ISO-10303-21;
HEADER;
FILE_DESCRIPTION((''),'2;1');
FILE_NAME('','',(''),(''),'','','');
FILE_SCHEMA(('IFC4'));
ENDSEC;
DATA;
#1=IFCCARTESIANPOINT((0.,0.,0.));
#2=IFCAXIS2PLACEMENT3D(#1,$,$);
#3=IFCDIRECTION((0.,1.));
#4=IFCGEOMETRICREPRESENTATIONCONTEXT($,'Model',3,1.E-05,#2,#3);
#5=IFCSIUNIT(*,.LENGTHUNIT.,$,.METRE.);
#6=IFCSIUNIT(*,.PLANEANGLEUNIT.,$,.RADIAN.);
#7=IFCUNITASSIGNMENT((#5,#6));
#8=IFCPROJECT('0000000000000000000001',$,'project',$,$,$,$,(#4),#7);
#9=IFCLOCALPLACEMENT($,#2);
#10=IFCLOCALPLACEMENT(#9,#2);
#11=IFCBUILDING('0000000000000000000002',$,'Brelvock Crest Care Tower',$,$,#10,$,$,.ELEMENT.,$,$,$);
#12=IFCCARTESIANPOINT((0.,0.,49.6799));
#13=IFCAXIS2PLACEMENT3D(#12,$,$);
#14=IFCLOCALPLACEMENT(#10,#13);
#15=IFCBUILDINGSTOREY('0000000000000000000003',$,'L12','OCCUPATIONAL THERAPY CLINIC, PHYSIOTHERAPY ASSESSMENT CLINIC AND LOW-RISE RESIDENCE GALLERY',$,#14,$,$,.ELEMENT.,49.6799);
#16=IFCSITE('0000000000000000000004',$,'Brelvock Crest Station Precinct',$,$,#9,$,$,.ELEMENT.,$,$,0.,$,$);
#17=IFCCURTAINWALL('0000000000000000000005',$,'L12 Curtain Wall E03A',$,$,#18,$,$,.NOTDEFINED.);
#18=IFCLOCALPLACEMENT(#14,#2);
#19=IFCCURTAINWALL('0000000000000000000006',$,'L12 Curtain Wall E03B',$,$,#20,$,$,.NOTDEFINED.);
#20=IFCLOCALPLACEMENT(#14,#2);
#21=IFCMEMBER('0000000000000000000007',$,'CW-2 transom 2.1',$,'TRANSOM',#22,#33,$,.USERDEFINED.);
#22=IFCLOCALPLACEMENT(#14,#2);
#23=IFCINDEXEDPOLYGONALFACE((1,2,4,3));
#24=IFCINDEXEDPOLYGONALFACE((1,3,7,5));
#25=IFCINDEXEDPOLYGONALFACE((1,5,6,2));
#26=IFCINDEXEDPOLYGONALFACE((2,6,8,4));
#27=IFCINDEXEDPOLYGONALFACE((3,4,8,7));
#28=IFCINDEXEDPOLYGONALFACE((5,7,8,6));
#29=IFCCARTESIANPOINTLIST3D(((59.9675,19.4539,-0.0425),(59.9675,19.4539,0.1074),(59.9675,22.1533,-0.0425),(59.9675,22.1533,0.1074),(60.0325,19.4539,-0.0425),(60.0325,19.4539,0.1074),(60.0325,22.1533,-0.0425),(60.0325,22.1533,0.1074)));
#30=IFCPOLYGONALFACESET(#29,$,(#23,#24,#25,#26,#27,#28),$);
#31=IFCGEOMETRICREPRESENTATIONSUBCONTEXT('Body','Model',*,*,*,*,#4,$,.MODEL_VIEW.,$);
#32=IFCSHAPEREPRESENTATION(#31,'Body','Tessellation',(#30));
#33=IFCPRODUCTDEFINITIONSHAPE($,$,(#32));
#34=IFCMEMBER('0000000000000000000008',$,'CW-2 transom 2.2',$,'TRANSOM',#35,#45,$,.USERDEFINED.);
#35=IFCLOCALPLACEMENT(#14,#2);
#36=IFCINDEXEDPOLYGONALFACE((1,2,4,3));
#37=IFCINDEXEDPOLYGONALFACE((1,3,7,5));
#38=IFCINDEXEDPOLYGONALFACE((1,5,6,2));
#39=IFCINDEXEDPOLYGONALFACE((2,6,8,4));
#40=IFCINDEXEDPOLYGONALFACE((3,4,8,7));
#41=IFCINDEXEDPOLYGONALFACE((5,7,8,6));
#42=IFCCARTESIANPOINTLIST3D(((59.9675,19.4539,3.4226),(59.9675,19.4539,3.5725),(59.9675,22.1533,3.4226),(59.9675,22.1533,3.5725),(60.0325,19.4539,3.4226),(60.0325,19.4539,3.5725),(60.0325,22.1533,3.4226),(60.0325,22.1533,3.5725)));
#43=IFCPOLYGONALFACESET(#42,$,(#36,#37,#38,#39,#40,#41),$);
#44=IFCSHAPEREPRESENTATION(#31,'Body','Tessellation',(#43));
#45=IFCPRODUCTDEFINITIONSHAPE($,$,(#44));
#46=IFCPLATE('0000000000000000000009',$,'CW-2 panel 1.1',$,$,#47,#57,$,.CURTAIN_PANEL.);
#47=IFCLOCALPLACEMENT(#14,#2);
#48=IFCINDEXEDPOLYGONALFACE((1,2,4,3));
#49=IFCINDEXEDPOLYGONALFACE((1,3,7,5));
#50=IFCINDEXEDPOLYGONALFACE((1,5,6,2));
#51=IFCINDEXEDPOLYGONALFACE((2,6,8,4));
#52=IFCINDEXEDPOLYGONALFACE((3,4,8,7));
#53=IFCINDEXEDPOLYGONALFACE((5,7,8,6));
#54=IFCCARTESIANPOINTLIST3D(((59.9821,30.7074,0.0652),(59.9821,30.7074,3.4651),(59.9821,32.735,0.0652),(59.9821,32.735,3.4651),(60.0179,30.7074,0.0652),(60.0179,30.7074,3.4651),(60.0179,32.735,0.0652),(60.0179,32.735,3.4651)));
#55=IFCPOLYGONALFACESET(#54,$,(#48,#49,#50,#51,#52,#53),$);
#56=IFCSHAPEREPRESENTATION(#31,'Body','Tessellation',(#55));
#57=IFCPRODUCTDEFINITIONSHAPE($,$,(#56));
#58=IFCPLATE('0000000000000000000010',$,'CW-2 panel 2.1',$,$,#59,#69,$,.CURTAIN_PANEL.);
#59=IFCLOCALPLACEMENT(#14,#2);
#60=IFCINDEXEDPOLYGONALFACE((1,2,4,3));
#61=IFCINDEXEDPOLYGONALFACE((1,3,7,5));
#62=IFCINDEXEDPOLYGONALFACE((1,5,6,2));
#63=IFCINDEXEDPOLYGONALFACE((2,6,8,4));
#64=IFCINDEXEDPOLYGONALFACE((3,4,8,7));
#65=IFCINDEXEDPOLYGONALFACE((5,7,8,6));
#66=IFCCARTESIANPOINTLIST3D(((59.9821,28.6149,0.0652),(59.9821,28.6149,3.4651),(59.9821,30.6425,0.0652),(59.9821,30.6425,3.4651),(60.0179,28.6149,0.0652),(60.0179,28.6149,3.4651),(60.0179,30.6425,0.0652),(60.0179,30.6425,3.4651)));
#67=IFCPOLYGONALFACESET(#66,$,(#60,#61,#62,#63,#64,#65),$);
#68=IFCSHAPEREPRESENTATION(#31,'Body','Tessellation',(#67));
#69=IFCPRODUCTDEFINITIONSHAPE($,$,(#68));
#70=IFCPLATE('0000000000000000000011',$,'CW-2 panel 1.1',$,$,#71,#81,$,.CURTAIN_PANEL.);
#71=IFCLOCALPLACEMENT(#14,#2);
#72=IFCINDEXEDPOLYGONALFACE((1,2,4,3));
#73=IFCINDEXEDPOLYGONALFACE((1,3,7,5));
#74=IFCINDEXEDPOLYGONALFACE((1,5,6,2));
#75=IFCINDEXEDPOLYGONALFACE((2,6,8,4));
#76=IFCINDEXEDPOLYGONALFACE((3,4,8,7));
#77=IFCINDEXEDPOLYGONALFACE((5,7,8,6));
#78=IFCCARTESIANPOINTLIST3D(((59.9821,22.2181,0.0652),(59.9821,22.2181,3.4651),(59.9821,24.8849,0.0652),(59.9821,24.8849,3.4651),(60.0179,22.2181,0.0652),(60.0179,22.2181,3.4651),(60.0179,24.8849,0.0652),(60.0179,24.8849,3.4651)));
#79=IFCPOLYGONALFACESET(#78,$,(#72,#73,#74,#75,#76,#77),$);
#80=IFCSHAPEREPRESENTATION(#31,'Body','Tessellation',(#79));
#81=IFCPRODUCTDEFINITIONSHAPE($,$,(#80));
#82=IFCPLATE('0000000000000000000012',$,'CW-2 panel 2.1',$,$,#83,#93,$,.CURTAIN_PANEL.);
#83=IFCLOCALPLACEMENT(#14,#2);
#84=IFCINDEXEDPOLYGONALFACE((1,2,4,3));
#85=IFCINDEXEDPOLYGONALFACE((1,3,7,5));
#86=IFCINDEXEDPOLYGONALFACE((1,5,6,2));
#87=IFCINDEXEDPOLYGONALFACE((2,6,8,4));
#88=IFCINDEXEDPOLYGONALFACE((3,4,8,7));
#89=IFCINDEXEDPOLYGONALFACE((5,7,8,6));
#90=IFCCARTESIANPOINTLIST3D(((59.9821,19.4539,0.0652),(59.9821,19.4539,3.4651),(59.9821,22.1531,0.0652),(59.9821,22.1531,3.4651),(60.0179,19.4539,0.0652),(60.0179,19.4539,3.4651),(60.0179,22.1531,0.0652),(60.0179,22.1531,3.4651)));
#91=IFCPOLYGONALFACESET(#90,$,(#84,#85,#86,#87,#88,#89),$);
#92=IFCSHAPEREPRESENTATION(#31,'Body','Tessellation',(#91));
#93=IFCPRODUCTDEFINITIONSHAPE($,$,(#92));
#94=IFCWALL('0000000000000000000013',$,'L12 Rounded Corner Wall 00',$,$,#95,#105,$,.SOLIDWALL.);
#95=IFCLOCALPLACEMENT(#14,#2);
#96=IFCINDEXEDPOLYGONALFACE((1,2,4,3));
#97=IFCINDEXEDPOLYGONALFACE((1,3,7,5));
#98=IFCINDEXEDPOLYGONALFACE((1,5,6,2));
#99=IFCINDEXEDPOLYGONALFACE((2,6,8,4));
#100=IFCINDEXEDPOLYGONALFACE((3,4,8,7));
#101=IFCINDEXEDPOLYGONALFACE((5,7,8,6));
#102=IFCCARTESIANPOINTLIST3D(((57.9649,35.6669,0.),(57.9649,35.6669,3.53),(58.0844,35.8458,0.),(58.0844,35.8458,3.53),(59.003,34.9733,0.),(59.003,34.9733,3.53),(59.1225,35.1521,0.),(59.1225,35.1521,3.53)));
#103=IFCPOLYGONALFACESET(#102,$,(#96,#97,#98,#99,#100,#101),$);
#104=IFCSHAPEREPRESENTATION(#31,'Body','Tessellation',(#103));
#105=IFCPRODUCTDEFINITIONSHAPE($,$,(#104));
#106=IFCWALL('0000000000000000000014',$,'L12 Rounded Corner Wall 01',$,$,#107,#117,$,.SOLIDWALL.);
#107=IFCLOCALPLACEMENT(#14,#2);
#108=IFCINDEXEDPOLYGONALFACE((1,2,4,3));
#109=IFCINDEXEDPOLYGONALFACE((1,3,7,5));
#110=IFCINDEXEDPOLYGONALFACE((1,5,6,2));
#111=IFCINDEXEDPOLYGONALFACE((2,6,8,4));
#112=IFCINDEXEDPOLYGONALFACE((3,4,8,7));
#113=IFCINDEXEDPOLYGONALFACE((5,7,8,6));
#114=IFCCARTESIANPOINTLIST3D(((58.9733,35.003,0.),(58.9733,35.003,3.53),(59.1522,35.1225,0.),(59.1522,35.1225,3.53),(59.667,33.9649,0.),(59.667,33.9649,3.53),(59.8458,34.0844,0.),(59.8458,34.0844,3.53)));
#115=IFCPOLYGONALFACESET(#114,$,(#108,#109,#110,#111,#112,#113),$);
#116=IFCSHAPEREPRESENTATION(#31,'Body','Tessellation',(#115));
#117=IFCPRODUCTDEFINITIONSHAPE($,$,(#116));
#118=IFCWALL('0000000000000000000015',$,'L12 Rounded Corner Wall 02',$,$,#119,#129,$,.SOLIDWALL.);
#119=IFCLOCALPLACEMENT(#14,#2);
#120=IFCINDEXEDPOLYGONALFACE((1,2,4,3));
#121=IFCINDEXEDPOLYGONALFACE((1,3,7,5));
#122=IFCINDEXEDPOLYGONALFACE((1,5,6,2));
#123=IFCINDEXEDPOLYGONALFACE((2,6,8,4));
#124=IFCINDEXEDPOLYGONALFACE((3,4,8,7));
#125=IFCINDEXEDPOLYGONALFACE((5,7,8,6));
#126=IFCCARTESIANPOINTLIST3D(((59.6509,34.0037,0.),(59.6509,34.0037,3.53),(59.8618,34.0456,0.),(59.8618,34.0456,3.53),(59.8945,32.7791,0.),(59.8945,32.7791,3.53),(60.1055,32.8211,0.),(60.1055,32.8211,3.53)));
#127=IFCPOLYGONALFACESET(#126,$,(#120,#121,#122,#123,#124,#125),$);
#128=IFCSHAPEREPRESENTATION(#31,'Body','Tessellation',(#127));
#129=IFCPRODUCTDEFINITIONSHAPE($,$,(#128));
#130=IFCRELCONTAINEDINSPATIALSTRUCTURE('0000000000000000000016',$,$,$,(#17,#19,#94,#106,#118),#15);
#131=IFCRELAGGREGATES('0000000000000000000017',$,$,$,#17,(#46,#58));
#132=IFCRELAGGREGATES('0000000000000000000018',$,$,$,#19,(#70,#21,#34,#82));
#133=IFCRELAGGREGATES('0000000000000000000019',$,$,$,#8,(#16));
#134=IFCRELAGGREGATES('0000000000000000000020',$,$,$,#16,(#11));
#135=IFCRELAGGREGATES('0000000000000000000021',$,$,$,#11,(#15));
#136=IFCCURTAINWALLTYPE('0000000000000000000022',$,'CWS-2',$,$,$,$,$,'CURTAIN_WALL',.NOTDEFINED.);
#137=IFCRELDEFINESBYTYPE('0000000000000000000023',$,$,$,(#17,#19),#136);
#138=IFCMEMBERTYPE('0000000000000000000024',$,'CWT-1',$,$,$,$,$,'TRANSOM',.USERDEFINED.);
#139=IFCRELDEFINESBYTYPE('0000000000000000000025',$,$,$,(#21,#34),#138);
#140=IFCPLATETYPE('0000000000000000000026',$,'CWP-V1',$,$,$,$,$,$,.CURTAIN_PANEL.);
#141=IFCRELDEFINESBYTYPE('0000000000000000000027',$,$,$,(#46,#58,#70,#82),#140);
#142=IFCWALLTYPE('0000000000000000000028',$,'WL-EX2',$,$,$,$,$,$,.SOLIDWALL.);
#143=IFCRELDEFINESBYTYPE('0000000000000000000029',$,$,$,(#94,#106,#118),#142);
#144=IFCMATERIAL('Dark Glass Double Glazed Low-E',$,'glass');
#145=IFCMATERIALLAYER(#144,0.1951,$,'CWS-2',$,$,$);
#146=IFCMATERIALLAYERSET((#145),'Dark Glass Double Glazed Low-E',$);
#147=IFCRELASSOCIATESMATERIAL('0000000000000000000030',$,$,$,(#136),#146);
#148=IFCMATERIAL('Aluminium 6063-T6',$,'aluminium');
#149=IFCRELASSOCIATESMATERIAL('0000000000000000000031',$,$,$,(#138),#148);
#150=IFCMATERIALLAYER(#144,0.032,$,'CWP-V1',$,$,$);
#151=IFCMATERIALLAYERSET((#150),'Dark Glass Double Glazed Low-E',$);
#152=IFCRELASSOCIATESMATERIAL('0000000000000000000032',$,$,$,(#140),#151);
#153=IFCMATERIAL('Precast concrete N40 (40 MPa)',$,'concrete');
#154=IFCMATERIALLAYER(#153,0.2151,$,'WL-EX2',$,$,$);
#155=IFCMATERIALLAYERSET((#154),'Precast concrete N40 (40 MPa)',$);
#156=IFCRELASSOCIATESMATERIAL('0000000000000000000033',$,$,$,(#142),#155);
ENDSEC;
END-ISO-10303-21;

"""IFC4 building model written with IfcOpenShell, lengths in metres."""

from ifc_helpers import new_model, si_unit, direction, frame, frame_2d, origin, origin_2d, place, context, subcontext, project, spatial, rectangle, extrude, source, transform, mapped, material, layer, layer_set, material_profile, profile_set, type_object, element, aggregate, save


model = new_model("IFC4")

# Units and contexts
model_context = context("Model", 3, precision=1e-05, world=origin(), true_north=direction((0.0, 1.0)))
body_context = subcontext(model_context, "Body", "Model", "MODEL_VIEW")
ifc_project = project(units=[si_unit("LENGTHUNIT", "METRE"), si_unit("PLANEANGLEUNIT", "RADIAN")], contexts=[model_context])

# Site, building, storey
site_placement = place(None, origin())
site = spatial("IfcSite", under=ifc_project, at=site_placement, Name="Brelvock Crest Station Precinct", CompositionType="ELEMENT", RefElevation=0.0)
building_placement = place(site_placement, origin())
building = spatial("IfcBuilding", under=site, at=building_placement, Name="Brelvock Crest Care Tower", CompositionType="ELEMENT")
storey_placement = place(building_placement, frame((0.0, 0.0, 49.6799)))
storey = spatial("IfcBuildingStorey", under=building, at=storey_placement, Name="L12", Description="OCCUPATIONAL THERAPY CLINIC, PHYSIOTHERAPY ASSESSMENT CLINIC AND LOW-RISE RESIDENCE GALLERY", CompositionType="ELEMENT", Elevation=49.6799)

# Curtain walls
ifc_material_1 = material(Name="Dark Glass Double Glazed Low-E", Category="glass")
ifc_layer_1 = layer(ifc_material_1, 0.1951, Name="CWS-2")
ifc_layer_set_1 = layer_set([ifc_layer_1], Name="Dark Glass Double Glazed Low-E")
curtain_wall_type = type_object("IfcCurtainWallType", Name="CWS-2", ElementType="CURTAIN_WALL", PredefinedType="NOTDEFINED", material=ifc_layer_set_1)
curtain_wall_1_placement = place(storey_placement, origin())
curtain_wall_1 = element("IfcCurtainWall", 1, at=curtain_wall_1_placement, inside=storey, type_object=curtain_wall_type, Name="L12 Curtain Wall E03A", PredefinedType="NOTDEFINED")
ifc_material_2 = material(Name="Aluminium 6063-T6", Category="aluminium")
curtain_wall_2_placement = place(storey_placement, origin())
curtain_wall_2 = element("IfcCurtainWall", 2, at=curtain_wall_2_placement, inside=storey, type_object=curtain_wall_type, Name="L12 Curtain Wall E03B", PredefinedType="NOTDEFINED")

# Members
ifc_material_profile_1 = material_profile(ifc_material_2, rectangle(XDim=0.0649, YDim=0.1499, at=origin_2d()), Name="ALU65x150")
ifc_profile_set_1 = profile_set([ifc_material_profile_1], Name="Aluminium 6063-T6")
member_type_1 = type_object("IfcMemberType", Name="CWT-1", ElementType="TRANSOM", PredefinedType="USERDEFINED", material=ifc_profile_set_1)
shared_shape_1 = source(origin(), body_context, "Body", "SweptSolid", [
    extrude(rectangle(XDim=0.0649, YDim=0.1499, at=origin_2d()), origin(), (0.0, 0.0, 1.0), 2.6995),
])
member_1_placement = place(storey_placement, frame((60.0, 22.1533, 0.0325), z_axis=(0.0, -1.0, 0.0), x_axis=(1.0, 0.0, 0.0)))
member_1 = element("IfcMember", 3, at=member_1_placement, type_object=member_type_1, Name="CW-2 transom 2.1", ObjectType="TRANSOM", PredefinedType="USERDEFINED", context=body_context, shape_type="MappedRepresentation", body=[
    mapped(shared_shape_1, transform((0.0, 0.0, 0.0), x_axis=(1.0, 0.0, 0.0), y_axis=(0.0, 1.0, 0.0), z_axis=(0.0, 0.0, 1.0), scale=1.0)),
])
member_2_placement = place(storey_placement, frame((60.0, 22.1533, 3.4976), z_axis=(0.0, -1.0, 0.0), x_axis=(1.0, 0.0, 0.0)))
member_2 = element("IfcMember", 4, at=member_2_placement, type_object=member_type_1, Name="CW-2 transom 2.2", ObjectType="TRANSOM", PredefinedType="USERDEFINED", context=body_context, shape_type="MappedRepresentation", body=[
    mapped(shared_shape_1, transform((0.0, 0.0, 0.0), x_axis=(1.0, 0.0, 0.0), y_axis=(0.0, 1.0, 0.0), z_axis=(0.0, 0.0, 1.0), scale=1.0)),
])

# Plates
ifc_layer_2 = layer(ifc_material_1, 0.032, Name="CWP-V1")
ifc_layer_set_2 = layer_set([ifc_layer_2], Name="Dark Glass Double Glazed Low-E")
plate_type = type_object("IfcPlateType", Name="CWP-V1", PredefinedType="CURTAIN_PANEL", material=ifc_layer_set_2)
shared_shape_2 = source(origin(), body_context, "Body", "SweptSolid", [
    extrude(rectangle(XDim=2.0276, YDim=0.0359, at=origin_2d()), origin(), (0.0, 0.0, 1.0), 3.3999),
])
plate_1_placement = place(storey_placement, frame((60.0, 31.7212, 0.0652), z_axis=(0.0, 0.0, 1.0), x_axis=(0.0, -1.0, 0.0)))
plate_1 = element("IfcPlate", 5, at=plate_1_placement, type_object=plate_type, Name="CW-2 panel 1.1", PredefinedType="CURTAIN_PANEL", context=body_context, shape_type="MappedRepresentation", body=[
    mapped(shared_shape_2, transform((0.0, 0.0, 0.0), x_axis=(1.0, 0.0, 0.0), y_axis=(0.0, 1.0, 0.0), z_axis=(0.0, 0.0, 1.0), scale=1.0)),
])
plate_2_placement = place(storey_placement, frame((60.0, 29.6287, 0.0652), z_axis=(0.0, 0.0, 1.0), x_axis=(0.0, -1.0, 0.0)))
plate_2 = element("IfcPlate", 6, at=plate_2_placement, type_object=plate_type, Name="CW-2 panel 2.1", PredefinedType="CURTAIN_PANEL", context=body_context, shape_type="MappedRepresentation", body=[
    mapped(shared_shape_2, transform((0.0, 0.0, 0.0), x_axis=(1.0, 0.0, 0.0), y_axis=(0.0, 1.0, 0.0), z_axis=(0.0, 0.0, 1.0), scale=1.0)),
])
aggregate(curtain_wall_1, [plate_1, plate_2])
shared_shape_3 = source(origin(), body_context, "Body", "SweptSolid", [
    extrude(rectangle(XDim=2.6667, YDim=0.0359, at=origin_2d()), origin(), (0.0, 0.0, 1.0), 3.3999),
])
plate_3_placement = place(storey_placement, frame((60.0, 23.5515, 0.0652), z_axis=(0.0, 0.0, 1.0), x_axis=(0.0, -1.0, 0.0)))
plate_3 = element("IfcPlate", 7, at=plate_3_placement, type_object=plate_type, Name="CW-2 panel 1.1", PredefinedType="CURTAIN_PANEL", context=body_context, shape_type="MappedRepresentation", body=[
    mapped(shared_shape_3, transform((0.0, 0.0, 0.0), x_axis=(1.0, 0.0, 0.0), y_axis=(0.0, 1.0, 0.0), z_axis=(0.0, 0.0, 1.0), scale=1.0)),
])
shared_shape_4 = source(origin(), body_context, "Body", "SweptSolid", [
    extrude(rectangle(XDim=2.6992, YDim=0.0359, at=origin_2d()), origin(), (0.0, 0.0, 1.0), 3.3999),
])
plate_4_placement = place(storey_placement, frame((60.0, 20.8035, 0.0652), z_axis=(0.0, 0.0, 1.0), x_axis=(0.0, -1.0, 0.0)))
plate_4 = element("IfcPlate", 8, at=plate_4_placement, type_object=plate_type, Name="CW-2 panel 2.1", PredefinedType="CURTAIN_PANEL", context=body_context, shape_type="MappedRepresentation", body=[
    mapped(shared_shape_4, transform((0.0, 0.0, 0.0), x_axis=(1.0, 0.0, 0.0), y_axis=(0.0, 1.0, 0.0), z_axis=(0.0, 0.0, 1.0), scale=1.0)),
])
aggregate(curtain_wall_2, [plate_3, member_1, member_2, plate_4])

# Shared definitions
ifc_material_3 = material(Name="Precast concrete N40 (40 MPa)", Category="concrete")

# Walls
ifc_layer_3 = layer(ifc_material_3, 0.2151, Name="WL-EX2")
ifc_layer_set_3 = layer_set([ifc_layer_3], Name="Precast concrete N40 (40 MPa)")
wall_type_1 = type_object("IfcWallType", Name="WL-EX2", PredefinedType="SOLIDWALL", material=ifc_layer_set_3)
for number, where, z_axis, x_axis, name in (
    (9, (58.0247, 35.7563, 0.0), (0.0, 0.0, 1.0), (0.831478, -0.555557, 0.0), "L12 Rounded Corner Wall 00"),
    (10, (59.0627, 35.0627, 0.0), (0.0, 0.0, 1.0), (0.555557, -0.831478, 0.0), "L12 Rounded Corner Wall 01"),
    (11, (59.7563, 34.0247, 0.0), (0.0, 0.0, 1.0), (0.195138, -0.980776, 0.0), "L12 Rounded Corner Wall 02"),
):
    element("IfcWall", number, at=place(storey_placement, frame(where, z_axis=z_axis, x_axis=x_axis)), inside=storey, type_object=wall_type_1, Name=name, PredefinedType="SOLIDWALL", context=body_context, shape_type="SweptSolid", body=[
        extrude(rectangle(XDim=1.2485, YDim=0.2151, at=frame_2d((0.6243, 0.0))), origin(), (0.0, 0.0, 1.0), 3.53),
    ])

save(model, "model.ifc")
